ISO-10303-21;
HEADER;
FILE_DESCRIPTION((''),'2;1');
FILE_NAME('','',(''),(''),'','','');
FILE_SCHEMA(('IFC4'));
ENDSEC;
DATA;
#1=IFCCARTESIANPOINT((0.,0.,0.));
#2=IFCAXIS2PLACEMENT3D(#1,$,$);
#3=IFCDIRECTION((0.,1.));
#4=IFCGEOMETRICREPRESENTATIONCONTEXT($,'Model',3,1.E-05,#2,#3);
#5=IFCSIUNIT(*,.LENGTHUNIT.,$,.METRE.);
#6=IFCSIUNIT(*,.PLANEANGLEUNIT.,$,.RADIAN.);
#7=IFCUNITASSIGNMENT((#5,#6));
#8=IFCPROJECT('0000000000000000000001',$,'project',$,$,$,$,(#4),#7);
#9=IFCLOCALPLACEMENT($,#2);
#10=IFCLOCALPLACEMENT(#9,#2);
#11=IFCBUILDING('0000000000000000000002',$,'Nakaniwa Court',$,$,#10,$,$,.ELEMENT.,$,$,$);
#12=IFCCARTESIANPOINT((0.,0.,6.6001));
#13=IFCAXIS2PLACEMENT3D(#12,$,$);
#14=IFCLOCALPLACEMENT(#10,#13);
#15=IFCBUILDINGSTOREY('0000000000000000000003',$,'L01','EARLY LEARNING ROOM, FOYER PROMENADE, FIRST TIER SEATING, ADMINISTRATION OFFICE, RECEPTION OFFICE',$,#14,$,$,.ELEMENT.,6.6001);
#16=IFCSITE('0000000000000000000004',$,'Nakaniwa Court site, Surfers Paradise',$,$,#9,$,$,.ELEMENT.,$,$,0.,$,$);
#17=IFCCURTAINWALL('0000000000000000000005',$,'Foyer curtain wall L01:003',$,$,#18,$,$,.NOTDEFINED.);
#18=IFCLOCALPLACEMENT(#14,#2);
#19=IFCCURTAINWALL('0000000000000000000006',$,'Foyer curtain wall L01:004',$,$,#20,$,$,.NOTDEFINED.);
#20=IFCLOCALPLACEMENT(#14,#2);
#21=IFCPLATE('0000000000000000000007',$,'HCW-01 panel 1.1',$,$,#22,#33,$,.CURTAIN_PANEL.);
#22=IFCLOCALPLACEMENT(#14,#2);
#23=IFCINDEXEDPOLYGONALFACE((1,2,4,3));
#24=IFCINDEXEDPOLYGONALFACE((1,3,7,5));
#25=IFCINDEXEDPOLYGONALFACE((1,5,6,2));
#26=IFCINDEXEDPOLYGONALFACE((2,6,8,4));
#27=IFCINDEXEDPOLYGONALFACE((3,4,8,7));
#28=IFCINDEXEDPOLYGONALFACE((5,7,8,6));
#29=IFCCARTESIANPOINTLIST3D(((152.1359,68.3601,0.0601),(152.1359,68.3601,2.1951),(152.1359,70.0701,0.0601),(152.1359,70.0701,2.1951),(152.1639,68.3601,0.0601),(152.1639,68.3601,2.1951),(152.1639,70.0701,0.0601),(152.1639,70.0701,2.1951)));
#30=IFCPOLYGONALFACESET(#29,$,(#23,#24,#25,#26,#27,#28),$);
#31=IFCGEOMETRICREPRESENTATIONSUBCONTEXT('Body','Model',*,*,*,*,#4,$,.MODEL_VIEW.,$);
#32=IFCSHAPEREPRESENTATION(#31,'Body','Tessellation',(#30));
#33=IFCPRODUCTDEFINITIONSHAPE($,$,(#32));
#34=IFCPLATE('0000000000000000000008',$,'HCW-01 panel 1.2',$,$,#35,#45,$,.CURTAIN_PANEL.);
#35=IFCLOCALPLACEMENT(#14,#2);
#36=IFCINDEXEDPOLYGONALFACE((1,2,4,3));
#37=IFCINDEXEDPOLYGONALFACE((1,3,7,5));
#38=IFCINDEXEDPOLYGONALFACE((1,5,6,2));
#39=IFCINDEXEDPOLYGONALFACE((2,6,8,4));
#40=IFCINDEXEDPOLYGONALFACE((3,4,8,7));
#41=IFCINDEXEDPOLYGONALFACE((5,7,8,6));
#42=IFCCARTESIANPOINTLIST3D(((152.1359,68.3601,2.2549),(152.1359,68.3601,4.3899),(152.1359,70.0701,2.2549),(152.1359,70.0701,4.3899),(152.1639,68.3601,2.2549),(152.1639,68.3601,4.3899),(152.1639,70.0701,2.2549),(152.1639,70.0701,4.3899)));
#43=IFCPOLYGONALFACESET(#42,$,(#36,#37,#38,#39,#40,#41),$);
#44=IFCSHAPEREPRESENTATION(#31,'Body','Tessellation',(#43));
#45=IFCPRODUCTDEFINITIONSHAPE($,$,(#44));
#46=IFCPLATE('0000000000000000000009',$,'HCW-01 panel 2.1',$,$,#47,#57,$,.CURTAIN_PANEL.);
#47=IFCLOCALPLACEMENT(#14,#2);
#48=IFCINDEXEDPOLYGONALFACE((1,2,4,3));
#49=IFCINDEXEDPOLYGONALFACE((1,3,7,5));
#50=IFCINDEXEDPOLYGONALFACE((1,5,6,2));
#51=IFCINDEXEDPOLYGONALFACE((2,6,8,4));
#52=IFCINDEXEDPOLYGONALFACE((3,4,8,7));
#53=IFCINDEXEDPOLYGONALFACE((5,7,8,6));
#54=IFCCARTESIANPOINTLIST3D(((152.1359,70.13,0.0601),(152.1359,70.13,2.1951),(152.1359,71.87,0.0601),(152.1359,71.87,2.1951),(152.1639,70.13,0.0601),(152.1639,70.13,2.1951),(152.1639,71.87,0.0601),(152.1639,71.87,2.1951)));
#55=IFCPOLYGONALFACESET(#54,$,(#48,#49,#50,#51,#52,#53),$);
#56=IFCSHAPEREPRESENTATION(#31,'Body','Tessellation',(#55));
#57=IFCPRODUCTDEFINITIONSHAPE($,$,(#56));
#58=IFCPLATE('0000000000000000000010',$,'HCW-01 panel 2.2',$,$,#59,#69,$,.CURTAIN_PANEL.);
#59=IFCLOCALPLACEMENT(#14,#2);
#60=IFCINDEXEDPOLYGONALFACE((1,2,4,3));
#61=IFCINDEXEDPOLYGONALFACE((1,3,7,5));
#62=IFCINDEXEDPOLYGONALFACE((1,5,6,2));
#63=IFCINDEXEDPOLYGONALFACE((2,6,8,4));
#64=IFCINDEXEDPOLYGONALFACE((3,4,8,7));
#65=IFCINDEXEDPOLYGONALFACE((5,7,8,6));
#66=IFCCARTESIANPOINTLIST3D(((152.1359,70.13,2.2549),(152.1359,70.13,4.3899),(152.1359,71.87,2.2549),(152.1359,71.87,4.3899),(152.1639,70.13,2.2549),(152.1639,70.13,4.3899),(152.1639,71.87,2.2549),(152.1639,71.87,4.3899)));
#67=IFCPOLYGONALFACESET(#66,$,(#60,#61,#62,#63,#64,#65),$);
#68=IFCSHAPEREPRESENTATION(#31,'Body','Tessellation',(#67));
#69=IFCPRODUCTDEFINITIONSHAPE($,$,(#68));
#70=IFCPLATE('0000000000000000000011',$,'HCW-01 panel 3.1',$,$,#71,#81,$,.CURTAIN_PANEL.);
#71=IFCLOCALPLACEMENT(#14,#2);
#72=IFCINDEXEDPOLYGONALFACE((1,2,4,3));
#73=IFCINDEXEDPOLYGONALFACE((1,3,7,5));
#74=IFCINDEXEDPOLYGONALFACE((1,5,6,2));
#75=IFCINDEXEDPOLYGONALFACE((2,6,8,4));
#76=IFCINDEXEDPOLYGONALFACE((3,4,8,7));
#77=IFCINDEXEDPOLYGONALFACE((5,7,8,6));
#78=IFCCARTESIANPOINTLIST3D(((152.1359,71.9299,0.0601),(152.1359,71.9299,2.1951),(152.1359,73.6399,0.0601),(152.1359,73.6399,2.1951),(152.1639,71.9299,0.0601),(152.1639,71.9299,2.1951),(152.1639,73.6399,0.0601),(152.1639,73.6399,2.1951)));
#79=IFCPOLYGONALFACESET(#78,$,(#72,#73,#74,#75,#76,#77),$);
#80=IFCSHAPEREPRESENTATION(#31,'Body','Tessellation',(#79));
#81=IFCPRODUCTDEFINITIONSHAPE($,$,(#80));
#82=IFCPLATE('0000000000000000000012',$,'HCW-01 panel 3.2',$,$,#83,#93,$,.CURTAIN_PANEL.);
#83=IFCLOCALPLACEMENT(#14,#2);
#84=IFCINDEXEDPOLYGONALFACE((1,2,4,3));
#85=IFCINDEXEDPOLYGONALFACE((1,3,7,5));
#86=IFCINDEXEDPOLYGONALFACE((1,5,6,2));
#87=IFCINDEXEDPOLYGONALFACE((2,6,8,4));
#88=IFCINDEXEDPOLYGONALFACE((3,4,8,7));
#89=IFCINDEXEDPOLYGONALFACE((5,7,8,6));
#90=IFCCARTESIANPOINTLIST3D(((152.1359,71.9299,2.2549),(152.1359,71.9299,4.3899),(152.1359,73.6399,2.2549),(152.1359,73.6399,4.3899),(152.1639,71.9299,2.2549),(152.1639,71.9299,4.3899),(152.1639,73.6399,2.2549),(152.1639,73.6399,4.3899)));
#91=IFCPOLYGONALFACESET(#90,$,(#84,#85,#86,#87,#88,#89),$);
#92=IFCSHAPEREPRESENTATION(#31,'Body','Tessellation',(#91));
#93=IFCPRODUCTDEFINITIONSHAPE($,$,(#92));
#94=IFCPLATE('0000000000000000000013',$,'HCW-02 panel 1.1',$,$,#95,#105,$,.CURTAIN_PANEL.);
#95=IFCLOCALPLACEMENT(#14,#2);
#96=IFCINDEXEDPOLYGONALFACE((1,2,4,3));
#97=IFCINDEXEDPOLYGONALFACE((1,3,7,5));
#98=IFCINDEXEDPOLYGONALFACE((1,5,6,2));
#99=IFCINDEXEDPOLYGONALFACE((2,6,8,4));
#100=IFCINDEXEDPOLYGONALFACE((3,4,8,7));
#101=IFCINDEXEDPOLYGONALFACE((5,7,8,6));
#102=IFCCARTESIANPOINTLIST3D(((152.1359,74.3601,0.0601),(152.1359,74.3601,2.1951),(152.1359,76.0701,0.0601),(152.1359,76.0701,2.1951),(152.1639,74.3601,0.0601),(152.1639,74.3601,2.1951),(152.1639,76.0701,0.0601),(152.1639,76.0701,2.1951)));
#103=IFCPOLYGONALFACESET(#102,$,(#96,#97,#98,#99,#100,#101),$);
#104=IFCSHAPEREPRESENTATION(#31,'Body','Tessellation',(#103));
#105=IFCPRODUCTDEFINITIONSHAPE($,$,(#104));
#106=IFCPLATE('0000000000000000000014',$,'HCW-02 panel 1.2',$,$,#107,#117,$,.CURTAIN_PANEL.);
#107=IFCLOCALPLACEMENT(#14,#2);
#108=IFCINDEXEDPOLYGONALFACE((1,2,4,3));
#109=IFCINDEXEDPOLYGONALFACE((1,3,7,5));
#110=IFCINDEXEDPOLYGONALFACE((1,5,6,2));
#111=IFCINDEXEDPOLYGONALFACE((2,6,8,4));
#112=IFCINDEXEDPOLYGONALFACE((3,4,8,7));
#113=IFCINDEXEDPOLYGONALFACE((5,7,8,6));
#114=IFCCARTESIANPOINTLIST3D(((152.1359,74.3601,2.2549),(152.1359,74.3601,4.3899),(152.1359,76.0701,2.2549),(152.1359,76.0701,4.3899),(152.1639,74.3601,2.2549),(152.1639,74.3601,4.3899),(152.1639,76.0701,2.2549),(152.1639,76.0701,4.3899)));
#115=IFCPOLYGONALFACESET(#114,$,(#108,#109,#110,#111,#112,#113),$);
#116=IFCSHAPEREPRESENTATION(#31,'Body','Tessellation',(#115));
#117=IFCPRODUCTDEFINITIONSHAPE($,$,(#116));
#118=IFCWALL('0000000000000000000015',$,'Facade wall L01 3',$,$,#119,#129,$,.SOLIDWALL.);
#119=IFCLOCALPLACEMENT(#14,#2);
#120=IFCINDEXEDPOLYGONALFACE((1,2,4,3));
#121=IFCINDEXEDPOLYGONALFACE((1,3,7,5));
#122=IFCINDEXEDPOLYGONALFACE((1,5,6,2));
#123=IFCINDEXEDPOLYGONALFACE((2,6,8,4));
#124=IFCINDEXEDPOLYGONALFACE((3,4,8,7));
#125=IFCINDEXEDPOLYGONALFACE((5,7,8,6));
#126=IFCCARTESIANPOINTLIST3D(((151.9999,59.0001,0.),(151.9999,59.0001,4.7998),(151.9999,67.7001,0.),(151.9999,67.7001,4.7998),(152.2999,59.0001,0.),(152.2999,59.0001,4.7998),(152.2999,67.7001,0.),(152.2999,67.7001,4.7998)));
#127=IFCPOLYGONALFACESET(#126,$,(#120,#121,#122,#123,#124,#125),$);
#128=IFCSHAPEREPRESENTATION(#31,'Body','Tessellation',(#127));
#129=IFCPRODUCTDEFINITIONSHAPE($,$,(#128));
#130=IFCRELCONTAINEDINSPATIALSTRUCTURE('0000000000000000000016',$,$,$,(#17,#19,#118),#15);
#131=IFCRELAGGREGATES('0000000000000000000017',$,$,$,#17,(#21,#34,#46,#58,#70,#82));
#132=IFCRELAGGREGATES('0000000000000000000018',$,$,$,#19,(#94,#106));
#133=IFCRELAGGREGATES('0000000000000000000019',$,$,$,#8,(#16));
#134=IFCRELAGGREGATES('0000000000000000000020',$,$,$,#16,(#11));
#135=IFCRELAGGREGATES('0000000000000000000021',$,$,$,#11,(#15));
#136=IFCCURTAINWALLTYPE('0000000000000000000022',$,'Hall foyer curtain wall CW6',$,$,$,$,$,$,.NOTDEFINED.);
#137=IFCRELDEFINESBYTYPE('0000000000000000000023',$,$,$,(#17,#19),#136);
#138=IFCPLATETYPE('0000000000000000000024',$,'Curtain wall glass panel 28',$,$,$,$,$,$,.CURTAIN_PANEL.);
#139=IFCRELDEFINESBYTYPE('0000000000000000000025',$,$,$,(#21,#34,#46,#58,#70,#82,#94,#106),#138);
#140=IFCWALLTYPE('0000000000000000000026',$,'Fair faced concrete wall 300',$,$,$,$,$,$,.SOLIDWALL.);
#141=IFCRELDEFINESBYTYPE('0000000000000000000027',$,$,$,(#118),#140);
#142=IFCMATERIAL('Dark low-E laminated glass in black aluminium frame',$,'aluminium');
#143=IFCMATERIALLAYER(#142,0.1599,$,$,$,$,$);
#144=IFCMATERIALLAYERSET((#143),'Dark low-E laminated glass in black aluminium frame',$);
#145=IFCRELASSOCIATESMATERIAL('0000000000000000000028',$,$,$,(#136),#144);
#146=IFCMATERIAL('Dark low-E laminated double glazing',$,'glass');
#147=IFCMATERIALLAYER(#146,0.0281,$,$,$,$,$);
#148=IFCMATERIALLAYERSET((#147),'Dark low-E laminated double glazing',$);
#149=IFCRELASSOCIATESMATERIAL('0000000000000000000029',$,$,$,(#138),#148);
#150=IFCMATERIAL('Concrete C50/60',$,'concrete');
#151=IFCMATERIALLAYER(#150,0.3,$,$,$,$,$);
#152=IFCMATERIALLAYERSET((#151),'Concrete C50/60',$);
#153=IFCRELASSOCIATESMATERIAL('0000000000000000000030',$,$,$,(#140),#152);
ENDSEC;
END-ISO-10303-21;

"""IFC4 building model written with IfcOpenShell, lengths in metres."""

from ifc_helpers import new_model, si_unit, direction, frame, frame_2d, origin, origin_2d, place, context, subcontext, project, spatial, rectangle, extrude, material, layer, layer_set, type_object, element, aggregate, save


model = new_model("IFC4")

# Units and contexts
model_context = context("Model", 3, precision=1e-05, world=origin(), true_north=direction((0.0, 1.0)))
body_context = subcontext(model_context, "Body", "Model", "MODEL_VIEW")
ifc_project = project(units=[si_unit("LENGTHUNIT", "METRE"), si_unit("PLANEANGLEUNIT", "RADIAN")], contexts=[model_context])

# Site, building, storey
site_placement = place(None, origin())
site = spatial("IfcSite", under=ifc_project, at=site_placement, Name="Nakaniwa Court site, Surfers Paradise", CompositionType="ELEMENT", RefElevation=0.0)
building_placement = place(site_placement, origin())
building = spatial("IfcBuilding", under=site, at=building_placement, Name="Nakaniwa Court", CompositionType="ELEMENT")
storey_placement = place(building_placement, frame((0.0, 0.0, 6.6001)))
storey = spatial("IfcBuildingStorey", under=building, at=storey_placement, Name="L01", Description="EARLY LEARNING ROOM, FOYER PROMENADE, FIRST TIER SEATING, ADMINISTRATION OFFICE, RECEPTION OFFICE", CompositionType="ELEMENT", Elevation=6.6001)

# Curtain walls
ifc_material_1 = material(Name="Dark low-E laminated glass in black aluminium frame", Category="aluminium")
ifc_layer_1 = layer(ifc_material_1, 0.1599)
ifc_layer_set_1 = layer_set([ifc_layer_1], Name="Dark low-E laminated glass in black aluminium frame")
curtain_wall_type = type_object("IfcCurtainWallType", Name="Hall foyer curtain wall CW6", PredefinedType="NOTDEFINED", material=ifc_layer_set_1)
curtain_wall_1_placement = place(storey_placement, origin())
curtain_wall_1 = element("IfcCurtainWall", 1, at=curtain_wall_1_placement, inside=storey, type_object=curtain_wall_type, Name="Foyer curtain wall L01:003", PredefinedType="NOTDEFINED")
curtain_wall_2_placement = place(storey_placement, origin())
curtain_wall_2 = element("IfcCurtainWall", 2, at=curtain_wall_2_placement, inside=storey, type_object=curtain_wall_type, Name="Foyer curtain wall L01:004", PredefinedType="NOTDEFINED")

# Plates
ifc_material_2 = material(Name="Dark low-E laminated double glazing", Category="glass")
ifc_layer_2 = layer(ifc_material_2, 0.0281)
ifc_layer_set_2 = layer_set([ifc_layer_2], Name="Dark low-E laminated double glazing")
plate_type = type_object("IfcPlateType", Name="Curtain wall glass panel 28", PredefinedType="CURTAIN_PANEL", material=ifc_layer_set_2)
plate_1_placement = place(storey_placement, frame((152.1499, 69.2151, 0.0601), z_axis=(0.0, 0.0, 1.0), x_axis=(0.0, 1.0, 0.0)))
plate_1 = element("IfcPlate", 3, at=plate_1_placement, type_object=plate_type, Name="HCW-01 panel 1.1", PredefinedType="CURTAIN_PANEL", context=body_context, shape_type="SweptSolid", body=[
    extrude(rectangle(XDim=1.71, YDim=0.0281, at=origin_2d()), origin(), (0.0, 0.0, 1.0), 2.135),
])
plate_2_placement = place(storey_placement, frame((152.1499, 69.2151, 2.2549), z_axis=(0.0, 0.0, 1.0), x_axis=(0.0, 1.0, 0.0)))
plate_2 = element("IfcPlate", 4, at=plate_2_placement, type_object=plate_type, Name="HCW-01 panel 1.2", PredefinedType="CURTAIN_PANEL", context=body_context, shape_type="SweptSolid", body=[
    extrude(rectangle(XDim=1.71, YDim=0.0281, at=origin_2d()), origin(), (0.0, 0.0, 1.0), 2.135),
])
plate_3_placement = place(storey_placement, frame((152.1499, 71.0, 0.0601), z_axis=(0.0, 0.0, 1.0), x_axis=(0.0, 1.0, 0.0)))
plate_3 = element("IfcPlate", 5, at=plate_3_placement, type_object=plate_type, Name="HCW-01 panel 2.1", PredefinedType="CURTAIN_PANEL", context=body_context, shape_type="SweptSolid", body=[
    extrude(rectangle(XDim=1.74, YDim=0.0281, at=origin_2d()), origin(), (0.0, 0.0, 1.0), 2.135),
])
plate_4_placement = place(storey_placement, frame((152.1499, 71.0, 2.2549), z_axis=(0.0, 0.0, 1.0), x_axis=(0.0, 1.0, 0.0)))
plate_4 = element("IfcPlate", 6, at=plate_4_placement, type_object=plate_type, Name="HCW-01 panel 2.2", PredefinedType="CURTAIN_PANEL", context=body_context, shape_type="SweptSolid", body=[
    extrude(rectangle(XDim=1.74, YDim=0.0281, at=origin_2d()), origin(), (0.0, 0.0, 1.0), 2.135),
])
plate_5_placement = place(storey_placement, frame((152.1499, 72.7849, 0.0601), z_axis=(0.0, 0.0, 1.0), x_axis=(0.0, 1.0, 0.0)))
plate_5 = element("IfcPlate", 7, at=plate_5_placement, type_object=plate_type, Name="HCW-01 panel 3.1", PredefinedType="CURTAIN_PANEL", context=body_context, shape_type="SweptSolid", body=[
    extrude(rectangle(XDim=1.71, YDim=0.0281, at=origin_2d()), origin(), (0.0, 0.0, 1.0), 2.135),
])
plate_6_placement = place(storey_placement, frame((152.1499, 72.7849, 2.2549), z_axis=(0.0, 0.0, 1.0), x_axis=(0.0, 1.0, 0.0)))
plate_6 = element("IfcPlate", 8, at=plate_6_placement, type_object=plate_type, Name="HCW-01 panel 3.2", PredefinedType="CURTAIN_PANEL", context=body_context, shape_type="SweptSolid", body=[
    extrude(rectangle(XDim=1.71, YDim=0.0281, at=origin_2d()), origin(), (0.0, 0.0, 1.0), 2.135),
])
aggregate(curtain_wall_1, [plate_1, plate_2, plate_3, plate_4, plate_5, plate_6])
plate_7_placement = place(storey_placement, frame((152.1499, 75.2151, 0.0601), z_axis=(0.0, 0.0, 1.0), x_axis=(0.0, 1.0, 0.0)))
plate_7 = element("IfcPlate", 9, at=plate_7_placement, type_object=plate_type, Name="HCW-02 panel 1.1", PredefinedType="CURTAIN_PANEL", context=body_context, shape_type="SweptSolid", body=[
    extrude(rectangle(XDim=1.71, YDim=0.0281, at=origin_2d()), origin(), (0.0, 0.0, 1.0), 2.135),
])
plate_8_placement = place(storey_placement, frame((152.1499, 75.2151, 2.2549), z_axis=(0.0, 0.0, 1.0), x_axis=(0.0, 1.0, 0.0)))
plate_8 = element("IfcPlate", 10, at=plate_8_placement, type_object=plate_type, Name="HCW-02 panel 1.2", PredefinedType="CURTAIN_PANEL", context=body_context, shape_type="SweptSolid", body=[
    extrude(rectangle(XDim=1.71, YDim=0.0281, at=origin_2d()), origin(), (0.0, 0.0, 1.0), 2.135),
])
aggregate(curtain_wall_2, [plate_7, plate_8])

# Wall
ifc_material_3 = material(Name="Concrete C50/60", Category="concrete")
ifc_layer_3 = layer(ifc_material_3, 0.3)
ifc_layer_set_3 = layer_set([ifc_layer_3], Name="Concrete C50/60")
wall_type = type_object("IfcWallType", Name="Fair faced concrete wall 300", PredefinedType="SOLIDWALL", material=ifc_layer_set_3)
wall_placement = place(storey_placement, frame((152.1499, 59.0, 0.0), z_axis=(0.0, 0.0, 1.0), x_axis=(0.0, 1.0, 0.0)))
element("IfcWall", 11, at=wall_placement, inside=storey, type_object=wall_type, Name="Facade wall L01 3", PredefinedType="SOLIDWALL", context=body_context, shape_type="SweptSolid", body=[
    extrude(rectangle(XDim=8.7, YDim=0.3, at=frame_2d((4.3501, 0.0))), origin(), (0.0, 0.0, 1.0), 4.7998),
])

save(model, "model.ifc")
